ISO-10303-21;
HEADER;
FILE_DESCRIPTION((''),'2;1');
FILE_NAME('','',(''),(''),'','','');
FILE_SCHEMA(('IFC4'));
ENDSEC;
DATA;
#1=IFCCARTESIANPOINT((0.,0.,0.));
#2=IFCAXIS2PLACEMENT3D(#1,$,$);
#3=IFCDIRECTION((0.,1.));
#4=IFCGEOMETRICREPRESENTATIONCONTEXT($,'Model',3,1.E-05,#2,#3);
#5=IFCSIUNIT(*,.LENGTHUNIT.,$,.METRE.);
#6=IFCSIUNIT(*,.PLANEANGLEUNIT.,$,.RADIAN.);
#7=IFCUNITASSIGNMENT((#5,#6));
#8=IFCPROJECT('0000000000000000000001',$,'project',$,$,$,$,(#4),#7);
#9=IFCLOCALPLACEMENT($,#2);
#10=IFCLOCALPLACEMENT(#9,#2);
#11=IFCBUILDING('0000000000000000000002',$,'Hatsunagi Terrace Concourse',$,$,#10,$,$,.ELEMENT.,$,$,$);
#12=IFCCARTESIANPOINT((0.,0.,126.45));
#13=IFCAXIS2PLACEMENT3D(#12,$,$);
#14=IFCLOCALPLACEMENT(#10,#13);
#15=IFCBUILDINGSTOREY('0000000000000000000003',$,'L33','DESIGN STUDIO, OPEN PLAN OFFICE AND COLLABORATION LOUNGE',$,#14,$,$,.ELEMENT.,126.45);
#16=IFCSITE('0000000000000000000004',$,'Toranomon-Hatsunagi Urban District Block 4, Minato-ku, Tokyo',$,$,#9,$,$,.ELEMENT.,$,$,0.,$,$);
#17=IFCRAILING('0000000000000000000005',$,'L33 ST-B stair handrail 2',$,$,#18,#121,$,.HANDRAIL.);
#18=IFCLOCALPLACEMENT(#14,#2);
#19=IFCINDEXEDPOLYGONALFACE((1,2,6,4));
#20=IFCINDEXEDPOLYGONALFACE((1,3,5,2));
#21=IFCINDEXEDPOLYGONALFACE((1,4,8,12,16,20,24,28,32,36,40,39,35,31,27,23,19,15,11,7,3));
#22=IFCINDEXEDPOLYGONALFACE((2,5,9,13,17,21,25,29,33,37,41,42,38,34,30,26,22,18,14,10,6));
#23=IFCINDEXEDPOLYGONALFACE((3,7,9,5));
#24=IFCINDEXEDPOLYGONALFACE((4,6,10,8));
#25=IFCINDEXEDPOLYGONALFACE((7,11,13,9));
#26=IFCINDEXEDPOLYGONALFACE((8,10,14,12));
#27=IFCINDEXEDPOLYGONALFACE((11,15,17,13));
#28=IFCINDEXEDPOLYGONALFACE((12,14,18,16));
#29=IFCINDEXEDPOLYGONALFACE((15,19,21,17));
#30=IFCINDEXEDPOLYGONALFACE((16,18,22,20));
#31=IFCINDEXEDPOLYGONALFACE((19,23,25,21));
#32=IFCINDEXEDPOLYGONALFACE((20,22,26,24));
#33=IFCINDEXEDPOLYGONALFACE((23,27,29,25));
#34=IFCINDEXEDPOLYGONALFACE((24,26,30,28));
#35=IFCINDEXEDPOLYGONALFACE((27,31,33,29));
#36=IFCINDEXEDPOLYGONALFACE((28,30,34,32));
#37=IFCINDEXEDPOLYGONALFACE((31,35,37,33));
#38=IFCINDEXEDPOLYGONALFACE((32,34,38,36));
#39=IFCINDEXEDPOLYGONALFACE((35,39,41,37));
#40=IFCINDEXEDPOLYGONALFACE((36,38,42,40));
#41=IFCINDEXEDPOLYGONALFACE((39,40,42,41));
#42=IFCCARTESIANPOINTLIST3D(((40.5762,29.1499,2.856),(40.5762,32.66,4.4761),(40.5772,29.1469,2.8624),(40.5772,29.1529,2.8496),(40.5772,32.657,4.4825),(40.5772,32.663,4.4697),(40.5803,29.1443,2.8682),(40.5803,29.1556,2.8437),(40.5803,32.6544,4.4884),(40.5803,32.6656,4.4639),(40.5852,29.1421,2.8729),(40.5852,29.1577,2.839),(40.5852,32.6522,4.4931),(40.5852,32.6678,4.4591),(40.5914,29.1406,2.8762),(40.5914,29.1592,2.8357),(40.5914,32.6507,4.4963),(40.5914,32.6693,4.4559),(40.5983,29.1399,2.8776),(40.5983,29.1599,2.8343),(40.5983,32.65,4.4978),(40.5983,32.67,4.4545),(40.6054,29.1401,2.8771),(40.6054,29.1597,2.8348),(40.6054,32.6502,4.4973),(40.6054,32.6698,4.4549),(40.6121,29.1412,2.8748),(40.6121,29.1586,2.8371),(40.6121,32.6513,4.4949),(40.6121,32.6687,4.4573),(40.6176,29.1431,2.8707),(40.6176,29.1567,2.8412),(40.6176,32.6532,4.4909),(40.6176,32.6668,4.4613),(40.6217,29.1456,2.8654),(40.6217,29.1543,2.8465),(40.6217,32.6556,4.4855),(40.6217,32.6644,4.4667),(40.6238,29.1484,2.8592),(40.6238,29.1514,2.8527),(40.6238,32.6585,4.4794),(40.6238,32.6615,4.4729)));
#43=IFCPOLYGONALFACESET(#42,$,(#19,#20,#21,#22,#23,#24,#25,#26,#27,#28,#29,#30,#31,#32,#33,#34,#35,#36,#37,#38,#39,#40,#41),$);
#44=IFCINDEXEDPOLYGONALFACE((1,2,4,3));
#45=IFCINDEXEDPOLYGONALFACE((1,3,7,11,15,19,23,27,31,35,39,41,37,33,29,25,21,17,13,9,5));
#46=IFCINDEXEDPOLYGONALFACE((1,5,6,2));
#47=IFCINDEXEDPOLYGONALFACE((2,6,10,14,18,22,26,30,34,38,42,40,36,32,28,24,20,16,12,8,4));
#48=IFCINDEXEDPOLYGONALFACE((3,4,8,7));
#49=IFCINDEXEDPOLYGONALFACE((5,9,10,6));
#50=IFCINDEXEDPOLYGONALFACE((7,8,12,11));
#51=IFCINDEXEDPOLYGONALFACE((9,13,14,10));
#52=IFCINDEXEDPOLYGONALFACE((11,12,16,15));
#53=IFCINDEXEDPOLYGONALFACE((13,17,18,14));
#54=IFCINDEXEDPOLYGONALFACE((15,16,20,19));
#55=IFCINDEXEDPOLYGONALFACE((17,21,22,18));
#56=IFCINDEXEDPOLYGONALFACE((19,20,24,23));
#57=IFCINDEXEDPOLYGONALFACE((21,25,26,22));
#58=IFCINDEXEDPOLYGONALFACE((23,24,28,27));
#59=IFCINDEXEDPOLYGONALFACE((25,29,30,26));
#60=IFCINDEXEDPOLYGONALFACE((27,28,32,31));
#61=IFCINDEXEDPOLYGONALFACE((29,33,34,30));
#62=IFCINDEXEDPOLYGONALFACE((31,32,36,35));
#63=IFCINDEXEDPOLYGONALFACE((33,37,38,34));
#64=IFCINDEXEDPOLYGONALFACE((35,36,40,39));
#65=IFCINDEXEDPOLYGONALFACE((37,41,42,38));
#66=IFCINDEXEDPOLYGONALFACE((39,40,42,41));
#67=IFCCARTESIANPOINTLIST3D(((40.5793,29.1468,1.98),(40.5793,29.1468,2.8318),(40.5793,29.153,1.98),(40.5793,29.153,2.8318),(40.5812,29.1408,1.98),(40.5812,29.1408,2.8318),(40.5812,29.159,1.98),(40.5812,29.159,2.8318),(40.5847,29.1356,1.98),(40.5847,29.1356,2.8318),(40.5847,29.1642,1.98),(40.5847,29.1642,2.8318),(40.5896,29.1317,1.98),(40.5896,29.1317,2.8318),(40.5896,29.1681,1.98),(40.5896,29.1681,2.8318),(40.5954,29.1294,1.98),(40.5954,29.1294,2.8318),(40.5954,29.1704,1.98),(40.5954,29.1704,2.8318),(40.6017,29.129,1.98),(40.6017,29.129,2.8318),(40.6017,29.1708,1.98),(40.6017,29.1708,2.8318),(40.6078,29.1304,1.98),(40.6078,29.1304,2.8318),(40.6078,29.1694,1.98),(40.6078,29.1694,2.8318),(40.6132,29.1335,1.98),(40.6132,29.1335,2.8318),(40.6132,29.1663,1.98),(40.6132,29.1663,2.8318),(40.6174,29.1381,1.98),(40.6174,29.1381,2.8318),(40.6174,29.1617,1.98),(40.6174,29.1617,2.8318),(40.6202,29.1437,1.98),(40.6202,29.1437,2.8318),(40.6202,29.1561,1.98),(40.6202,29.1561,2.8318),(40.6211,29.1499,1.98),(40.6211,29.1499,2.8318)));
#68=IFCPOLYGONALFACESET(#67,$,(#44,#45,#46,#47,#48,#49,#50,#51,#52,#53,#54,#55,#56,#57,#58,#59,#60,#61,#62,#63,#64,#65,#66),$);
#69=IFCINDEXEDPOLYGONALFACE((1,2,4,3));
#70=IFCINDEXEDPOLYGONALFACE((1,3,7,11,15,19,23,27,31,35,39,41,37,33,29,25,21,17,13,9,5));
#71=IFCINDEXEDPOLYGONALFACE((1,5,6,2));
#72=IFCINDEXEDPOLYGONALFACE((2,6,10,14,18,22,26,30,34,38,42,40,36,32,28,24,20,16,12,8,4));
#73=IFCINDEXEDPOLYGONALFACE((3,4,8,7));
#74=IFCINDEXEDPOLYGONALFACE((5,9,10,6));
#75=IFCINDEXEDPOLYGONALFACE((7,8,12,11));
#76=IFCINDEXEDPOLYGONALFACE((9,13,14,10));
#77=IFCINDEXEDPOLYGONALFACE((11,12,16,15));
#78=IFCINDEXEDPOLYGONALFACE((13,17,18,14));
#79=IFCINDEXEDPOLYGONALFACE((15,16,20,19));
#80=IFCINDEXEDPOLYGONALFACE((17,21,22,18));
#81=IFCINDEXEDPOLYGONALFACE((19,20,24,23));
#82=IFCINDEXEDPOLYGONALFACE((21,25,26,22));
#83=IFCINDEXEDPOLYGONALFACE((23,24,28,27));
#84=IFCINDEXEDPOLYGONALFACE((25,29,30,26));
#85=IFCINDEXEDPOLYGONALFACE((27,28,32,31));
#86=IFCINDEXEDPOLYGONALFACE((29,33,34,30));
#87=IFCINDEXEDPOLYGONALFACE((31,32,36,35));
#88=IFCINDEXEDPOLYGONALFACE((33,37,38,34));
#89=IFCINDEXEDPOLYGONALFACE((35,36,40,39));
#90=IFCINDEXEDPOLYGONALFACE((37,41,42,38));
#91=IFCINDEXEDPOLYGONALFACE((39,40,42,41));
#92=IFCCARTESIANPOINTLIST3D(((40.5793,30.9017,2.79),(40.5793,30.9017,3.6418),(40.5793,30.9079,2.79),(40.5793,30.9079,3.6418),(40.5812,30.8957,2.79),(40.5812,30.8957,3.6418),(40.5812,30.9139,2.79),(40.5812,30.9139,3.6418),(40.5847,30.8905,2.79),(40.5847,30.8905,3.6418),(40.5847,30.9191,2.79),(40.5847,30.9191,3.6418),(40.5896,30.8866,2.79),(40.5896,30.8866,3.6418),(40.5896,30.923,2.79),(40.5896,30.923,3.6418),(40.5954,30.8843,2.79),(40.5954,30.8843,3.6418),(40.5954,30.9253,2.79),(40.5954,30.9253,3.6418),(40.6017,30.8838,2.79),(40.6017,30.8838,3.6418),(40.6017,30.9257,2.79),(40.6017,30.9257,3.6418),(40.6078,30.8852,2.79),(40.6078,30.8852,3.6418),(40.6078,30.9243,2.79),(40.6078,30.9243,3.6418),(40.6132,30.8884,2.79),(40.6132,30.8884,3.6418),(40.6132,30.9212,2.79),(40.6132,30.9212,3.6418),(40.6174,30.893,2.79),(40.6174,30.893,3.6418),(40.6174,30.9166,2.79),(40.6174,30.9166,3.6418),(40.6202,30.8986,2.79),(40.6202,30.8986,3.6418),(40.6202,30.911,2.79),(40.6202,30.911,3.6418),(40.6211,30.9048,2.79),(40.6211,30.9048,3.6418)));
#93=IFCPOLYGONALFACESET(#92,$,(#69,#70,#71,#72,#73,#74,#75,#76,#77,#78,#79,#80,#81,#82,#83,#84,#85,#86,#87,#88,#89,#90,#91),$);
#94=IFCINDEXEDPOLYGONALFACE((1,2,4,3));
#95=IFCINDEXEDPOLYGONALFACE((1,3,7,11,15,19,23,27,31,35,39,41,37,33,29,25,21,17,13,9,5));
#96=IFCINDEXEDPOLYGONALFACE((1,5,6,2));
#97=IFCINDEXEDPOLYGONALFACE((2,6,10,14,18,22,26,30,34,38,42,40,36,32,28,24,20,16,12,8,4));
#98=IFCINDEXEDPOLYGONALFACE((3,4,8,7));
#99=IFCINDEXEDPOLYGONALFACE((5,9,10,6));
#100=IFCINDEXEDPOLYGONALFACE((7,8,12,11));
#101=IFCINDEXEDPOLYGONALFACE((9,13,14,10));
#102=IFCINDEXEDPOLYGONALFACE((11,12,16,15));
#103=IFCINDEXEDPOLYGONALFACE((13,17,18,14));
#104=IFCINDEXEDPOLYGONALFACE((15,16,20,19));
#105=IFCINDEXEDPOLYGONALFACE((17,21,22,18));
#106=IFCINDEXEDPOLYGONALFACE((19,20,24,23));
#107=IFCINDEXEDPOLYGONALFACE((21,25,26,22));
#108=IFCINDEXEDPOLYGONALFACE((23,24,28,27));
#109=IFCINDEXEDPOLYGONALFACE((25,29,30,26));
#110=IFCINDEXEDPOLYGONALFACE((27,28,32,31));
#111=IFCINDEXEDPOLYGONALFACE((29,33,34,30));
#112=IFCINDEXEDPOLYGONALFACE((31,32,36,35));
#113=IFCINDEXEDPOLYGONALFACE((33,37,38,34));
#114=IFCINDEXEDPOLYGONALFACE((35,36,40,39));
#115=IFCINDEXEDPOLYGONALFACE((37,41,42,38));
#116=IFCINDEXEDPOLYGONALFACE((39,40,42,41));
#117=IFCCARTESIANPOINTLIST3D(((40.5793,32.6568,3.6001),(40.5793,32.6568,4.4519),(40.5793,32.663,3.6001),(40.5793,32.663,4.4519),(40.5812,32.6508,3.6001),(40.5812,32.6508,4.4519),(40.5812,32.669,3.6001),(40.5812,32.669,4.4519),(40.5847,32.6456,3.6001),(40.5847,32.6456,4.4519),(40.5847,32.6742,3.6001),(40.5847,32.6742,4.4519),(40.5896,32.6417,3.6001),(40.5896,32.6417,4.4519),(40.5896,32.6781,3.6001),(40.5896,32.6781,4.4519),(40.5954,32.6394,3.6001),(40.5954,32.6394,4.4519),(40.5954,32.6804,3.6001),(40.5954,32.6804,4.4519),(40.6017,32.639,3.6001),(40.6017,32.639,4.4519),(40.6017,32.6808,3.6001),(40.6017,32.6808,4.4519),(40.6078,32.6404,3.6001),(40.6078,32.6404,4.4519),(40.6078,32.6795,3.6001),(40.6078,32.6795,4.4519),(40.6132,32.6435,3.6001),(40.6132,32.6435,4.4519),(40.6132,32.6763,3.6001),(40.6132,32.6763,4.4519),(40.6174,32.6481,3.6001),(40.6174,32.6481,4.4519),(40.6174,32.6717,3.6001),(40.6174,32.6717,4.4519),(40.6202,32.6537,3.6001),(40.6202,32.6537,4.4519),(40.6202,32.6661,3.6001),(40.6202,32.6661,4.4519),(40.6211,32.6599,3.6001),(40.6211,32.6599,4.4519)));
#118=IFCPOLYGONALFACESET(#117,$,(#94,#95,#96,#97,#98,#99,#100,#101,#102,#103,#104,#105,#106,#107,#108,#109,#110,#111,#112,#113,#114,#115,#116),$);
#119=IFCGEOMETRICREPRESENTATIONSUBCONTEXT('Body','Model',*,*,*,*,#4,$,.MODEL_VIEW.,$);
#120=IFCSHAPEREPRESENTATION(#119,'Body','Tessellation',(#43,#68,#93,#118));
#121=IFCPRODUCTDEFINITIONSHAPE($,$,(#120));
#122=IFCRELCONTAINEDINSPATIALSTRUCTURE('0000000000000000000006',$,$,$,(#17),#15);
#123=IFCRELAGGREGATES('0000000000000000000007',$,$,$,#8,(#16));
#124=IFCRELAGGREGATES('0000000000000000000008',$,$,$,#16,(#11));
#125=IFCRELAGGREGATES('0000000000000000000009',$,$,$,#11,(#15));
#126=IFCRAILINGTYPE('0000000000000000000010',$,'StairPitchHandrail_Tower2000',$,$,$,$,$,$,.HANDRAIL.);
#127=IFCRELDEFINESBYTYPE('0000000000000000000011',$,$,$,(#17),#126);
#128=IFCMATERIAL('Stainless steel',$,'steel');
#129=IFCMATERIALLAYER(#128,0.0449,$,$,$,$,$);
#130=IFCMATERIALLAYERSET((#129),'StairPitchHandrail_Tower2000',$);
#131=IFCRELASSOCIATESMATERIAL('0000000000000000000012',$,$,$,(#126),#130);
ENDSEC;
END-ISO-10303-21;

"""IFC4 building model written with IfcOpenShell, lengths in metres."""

from ifc_helpers import new_model, si_unit, direction, frame, origin, origin_2d, place, context, subcontext, project, spatial, circle, extrude, material, layer, layer_set, type_object, element, save


model = new_model("IFC4")

# Units and contexts
model_context = context("Model", 3, precision=1e-05, world=origin(), true_north=direction((0.0, 1.0)))
body_context = subcontext(model_context, "Body", "Model", "MODEL_VIEW")
ifc_project = project(units=[si_unit("LENGTHUNIT", "METRE"), si_unit("PLANEANGLEUNIT", "RADIAN")], contexts=[model_context])

# Site, building, storey
site_placement = place(None, origin())
site = spatial("IfcSite", under=ifc_project, at=site_placement, Name="Toranomon-Hatsunagi Urban District Block 4, Minato-ku, Tokyo", CompositionType="ELEMENT", RefElevation=0.0)
building_placement = place(site_placement, origin())
building = spatial("IfcBuilding", under=site, at=building_placement, Name="Hatsunagi Terrace Concourse", CompositionType="ELEMENT")
storey_placement = place(building_placement, frame((0.0, 0.0, 126.45)))
storey = spatial("IfcBuildingStorey", under=building, at=storey_placement, Name="L33", Description="DESIGN STUDIO, OPEN PLAN OFFICE AND COLLABORATION LOUNGE", CompositionType="ELEMENT", Elevation=126.45)

# Railing
ifc_material_1 = material(Name="Stainless steel", Category="steel")
ifc_layer_1 = layer(ifc_material_1, 0.0449)
ifc_layer_set_1 = layer_set([ifc_layer_1], Name="StairPitchHandrail_Tower2000")
railing_type_1 = type_object("IfcRailingType", Name="StairPitchHandrail_Tower2000", PredefinedType="HANDRAIL", material=ifc_layer_set_1)
railing_1_placement = place(storey_placement, frame((40.6001, 29.1499, 1.98)))
element("IfcRailing", 1, at=railing_1_placement, inside=storey, type_object=railing_type_1, Name="L33 ST-B stair handrail 2", PredefinedType="HANDRAIL", context=body_context, shape_type="SweptSolid", body=[
    extrude(circle(Radius=0.0239, at=origin_2d()), frame((0.0, 0.0, 0.876), z_axis=(0.0, 0.907948, 0.419082), x_axis=(-1.0, 0.0, 0.0)), (0.0, 0.0, 1.0), 3.866),
    extrude(circle(Radius=0.021, at=origin_2d()), origin(), (0.0, 0.0, 1.0), 0.8518),
    extrude(circle(Radius=0.021, at=origin_2d()), frame((0.0, 1.7549, 0.8101)), (0.0, 0.0, 1.0), 0.8518),
    extrude(circle(Radius=0.021, at=origin_2d()), frame((0.0, 3.51, 1.6201)), (0.0, 0.0, 1.0), 0.8518),
])

save(model, "model.ifc")
